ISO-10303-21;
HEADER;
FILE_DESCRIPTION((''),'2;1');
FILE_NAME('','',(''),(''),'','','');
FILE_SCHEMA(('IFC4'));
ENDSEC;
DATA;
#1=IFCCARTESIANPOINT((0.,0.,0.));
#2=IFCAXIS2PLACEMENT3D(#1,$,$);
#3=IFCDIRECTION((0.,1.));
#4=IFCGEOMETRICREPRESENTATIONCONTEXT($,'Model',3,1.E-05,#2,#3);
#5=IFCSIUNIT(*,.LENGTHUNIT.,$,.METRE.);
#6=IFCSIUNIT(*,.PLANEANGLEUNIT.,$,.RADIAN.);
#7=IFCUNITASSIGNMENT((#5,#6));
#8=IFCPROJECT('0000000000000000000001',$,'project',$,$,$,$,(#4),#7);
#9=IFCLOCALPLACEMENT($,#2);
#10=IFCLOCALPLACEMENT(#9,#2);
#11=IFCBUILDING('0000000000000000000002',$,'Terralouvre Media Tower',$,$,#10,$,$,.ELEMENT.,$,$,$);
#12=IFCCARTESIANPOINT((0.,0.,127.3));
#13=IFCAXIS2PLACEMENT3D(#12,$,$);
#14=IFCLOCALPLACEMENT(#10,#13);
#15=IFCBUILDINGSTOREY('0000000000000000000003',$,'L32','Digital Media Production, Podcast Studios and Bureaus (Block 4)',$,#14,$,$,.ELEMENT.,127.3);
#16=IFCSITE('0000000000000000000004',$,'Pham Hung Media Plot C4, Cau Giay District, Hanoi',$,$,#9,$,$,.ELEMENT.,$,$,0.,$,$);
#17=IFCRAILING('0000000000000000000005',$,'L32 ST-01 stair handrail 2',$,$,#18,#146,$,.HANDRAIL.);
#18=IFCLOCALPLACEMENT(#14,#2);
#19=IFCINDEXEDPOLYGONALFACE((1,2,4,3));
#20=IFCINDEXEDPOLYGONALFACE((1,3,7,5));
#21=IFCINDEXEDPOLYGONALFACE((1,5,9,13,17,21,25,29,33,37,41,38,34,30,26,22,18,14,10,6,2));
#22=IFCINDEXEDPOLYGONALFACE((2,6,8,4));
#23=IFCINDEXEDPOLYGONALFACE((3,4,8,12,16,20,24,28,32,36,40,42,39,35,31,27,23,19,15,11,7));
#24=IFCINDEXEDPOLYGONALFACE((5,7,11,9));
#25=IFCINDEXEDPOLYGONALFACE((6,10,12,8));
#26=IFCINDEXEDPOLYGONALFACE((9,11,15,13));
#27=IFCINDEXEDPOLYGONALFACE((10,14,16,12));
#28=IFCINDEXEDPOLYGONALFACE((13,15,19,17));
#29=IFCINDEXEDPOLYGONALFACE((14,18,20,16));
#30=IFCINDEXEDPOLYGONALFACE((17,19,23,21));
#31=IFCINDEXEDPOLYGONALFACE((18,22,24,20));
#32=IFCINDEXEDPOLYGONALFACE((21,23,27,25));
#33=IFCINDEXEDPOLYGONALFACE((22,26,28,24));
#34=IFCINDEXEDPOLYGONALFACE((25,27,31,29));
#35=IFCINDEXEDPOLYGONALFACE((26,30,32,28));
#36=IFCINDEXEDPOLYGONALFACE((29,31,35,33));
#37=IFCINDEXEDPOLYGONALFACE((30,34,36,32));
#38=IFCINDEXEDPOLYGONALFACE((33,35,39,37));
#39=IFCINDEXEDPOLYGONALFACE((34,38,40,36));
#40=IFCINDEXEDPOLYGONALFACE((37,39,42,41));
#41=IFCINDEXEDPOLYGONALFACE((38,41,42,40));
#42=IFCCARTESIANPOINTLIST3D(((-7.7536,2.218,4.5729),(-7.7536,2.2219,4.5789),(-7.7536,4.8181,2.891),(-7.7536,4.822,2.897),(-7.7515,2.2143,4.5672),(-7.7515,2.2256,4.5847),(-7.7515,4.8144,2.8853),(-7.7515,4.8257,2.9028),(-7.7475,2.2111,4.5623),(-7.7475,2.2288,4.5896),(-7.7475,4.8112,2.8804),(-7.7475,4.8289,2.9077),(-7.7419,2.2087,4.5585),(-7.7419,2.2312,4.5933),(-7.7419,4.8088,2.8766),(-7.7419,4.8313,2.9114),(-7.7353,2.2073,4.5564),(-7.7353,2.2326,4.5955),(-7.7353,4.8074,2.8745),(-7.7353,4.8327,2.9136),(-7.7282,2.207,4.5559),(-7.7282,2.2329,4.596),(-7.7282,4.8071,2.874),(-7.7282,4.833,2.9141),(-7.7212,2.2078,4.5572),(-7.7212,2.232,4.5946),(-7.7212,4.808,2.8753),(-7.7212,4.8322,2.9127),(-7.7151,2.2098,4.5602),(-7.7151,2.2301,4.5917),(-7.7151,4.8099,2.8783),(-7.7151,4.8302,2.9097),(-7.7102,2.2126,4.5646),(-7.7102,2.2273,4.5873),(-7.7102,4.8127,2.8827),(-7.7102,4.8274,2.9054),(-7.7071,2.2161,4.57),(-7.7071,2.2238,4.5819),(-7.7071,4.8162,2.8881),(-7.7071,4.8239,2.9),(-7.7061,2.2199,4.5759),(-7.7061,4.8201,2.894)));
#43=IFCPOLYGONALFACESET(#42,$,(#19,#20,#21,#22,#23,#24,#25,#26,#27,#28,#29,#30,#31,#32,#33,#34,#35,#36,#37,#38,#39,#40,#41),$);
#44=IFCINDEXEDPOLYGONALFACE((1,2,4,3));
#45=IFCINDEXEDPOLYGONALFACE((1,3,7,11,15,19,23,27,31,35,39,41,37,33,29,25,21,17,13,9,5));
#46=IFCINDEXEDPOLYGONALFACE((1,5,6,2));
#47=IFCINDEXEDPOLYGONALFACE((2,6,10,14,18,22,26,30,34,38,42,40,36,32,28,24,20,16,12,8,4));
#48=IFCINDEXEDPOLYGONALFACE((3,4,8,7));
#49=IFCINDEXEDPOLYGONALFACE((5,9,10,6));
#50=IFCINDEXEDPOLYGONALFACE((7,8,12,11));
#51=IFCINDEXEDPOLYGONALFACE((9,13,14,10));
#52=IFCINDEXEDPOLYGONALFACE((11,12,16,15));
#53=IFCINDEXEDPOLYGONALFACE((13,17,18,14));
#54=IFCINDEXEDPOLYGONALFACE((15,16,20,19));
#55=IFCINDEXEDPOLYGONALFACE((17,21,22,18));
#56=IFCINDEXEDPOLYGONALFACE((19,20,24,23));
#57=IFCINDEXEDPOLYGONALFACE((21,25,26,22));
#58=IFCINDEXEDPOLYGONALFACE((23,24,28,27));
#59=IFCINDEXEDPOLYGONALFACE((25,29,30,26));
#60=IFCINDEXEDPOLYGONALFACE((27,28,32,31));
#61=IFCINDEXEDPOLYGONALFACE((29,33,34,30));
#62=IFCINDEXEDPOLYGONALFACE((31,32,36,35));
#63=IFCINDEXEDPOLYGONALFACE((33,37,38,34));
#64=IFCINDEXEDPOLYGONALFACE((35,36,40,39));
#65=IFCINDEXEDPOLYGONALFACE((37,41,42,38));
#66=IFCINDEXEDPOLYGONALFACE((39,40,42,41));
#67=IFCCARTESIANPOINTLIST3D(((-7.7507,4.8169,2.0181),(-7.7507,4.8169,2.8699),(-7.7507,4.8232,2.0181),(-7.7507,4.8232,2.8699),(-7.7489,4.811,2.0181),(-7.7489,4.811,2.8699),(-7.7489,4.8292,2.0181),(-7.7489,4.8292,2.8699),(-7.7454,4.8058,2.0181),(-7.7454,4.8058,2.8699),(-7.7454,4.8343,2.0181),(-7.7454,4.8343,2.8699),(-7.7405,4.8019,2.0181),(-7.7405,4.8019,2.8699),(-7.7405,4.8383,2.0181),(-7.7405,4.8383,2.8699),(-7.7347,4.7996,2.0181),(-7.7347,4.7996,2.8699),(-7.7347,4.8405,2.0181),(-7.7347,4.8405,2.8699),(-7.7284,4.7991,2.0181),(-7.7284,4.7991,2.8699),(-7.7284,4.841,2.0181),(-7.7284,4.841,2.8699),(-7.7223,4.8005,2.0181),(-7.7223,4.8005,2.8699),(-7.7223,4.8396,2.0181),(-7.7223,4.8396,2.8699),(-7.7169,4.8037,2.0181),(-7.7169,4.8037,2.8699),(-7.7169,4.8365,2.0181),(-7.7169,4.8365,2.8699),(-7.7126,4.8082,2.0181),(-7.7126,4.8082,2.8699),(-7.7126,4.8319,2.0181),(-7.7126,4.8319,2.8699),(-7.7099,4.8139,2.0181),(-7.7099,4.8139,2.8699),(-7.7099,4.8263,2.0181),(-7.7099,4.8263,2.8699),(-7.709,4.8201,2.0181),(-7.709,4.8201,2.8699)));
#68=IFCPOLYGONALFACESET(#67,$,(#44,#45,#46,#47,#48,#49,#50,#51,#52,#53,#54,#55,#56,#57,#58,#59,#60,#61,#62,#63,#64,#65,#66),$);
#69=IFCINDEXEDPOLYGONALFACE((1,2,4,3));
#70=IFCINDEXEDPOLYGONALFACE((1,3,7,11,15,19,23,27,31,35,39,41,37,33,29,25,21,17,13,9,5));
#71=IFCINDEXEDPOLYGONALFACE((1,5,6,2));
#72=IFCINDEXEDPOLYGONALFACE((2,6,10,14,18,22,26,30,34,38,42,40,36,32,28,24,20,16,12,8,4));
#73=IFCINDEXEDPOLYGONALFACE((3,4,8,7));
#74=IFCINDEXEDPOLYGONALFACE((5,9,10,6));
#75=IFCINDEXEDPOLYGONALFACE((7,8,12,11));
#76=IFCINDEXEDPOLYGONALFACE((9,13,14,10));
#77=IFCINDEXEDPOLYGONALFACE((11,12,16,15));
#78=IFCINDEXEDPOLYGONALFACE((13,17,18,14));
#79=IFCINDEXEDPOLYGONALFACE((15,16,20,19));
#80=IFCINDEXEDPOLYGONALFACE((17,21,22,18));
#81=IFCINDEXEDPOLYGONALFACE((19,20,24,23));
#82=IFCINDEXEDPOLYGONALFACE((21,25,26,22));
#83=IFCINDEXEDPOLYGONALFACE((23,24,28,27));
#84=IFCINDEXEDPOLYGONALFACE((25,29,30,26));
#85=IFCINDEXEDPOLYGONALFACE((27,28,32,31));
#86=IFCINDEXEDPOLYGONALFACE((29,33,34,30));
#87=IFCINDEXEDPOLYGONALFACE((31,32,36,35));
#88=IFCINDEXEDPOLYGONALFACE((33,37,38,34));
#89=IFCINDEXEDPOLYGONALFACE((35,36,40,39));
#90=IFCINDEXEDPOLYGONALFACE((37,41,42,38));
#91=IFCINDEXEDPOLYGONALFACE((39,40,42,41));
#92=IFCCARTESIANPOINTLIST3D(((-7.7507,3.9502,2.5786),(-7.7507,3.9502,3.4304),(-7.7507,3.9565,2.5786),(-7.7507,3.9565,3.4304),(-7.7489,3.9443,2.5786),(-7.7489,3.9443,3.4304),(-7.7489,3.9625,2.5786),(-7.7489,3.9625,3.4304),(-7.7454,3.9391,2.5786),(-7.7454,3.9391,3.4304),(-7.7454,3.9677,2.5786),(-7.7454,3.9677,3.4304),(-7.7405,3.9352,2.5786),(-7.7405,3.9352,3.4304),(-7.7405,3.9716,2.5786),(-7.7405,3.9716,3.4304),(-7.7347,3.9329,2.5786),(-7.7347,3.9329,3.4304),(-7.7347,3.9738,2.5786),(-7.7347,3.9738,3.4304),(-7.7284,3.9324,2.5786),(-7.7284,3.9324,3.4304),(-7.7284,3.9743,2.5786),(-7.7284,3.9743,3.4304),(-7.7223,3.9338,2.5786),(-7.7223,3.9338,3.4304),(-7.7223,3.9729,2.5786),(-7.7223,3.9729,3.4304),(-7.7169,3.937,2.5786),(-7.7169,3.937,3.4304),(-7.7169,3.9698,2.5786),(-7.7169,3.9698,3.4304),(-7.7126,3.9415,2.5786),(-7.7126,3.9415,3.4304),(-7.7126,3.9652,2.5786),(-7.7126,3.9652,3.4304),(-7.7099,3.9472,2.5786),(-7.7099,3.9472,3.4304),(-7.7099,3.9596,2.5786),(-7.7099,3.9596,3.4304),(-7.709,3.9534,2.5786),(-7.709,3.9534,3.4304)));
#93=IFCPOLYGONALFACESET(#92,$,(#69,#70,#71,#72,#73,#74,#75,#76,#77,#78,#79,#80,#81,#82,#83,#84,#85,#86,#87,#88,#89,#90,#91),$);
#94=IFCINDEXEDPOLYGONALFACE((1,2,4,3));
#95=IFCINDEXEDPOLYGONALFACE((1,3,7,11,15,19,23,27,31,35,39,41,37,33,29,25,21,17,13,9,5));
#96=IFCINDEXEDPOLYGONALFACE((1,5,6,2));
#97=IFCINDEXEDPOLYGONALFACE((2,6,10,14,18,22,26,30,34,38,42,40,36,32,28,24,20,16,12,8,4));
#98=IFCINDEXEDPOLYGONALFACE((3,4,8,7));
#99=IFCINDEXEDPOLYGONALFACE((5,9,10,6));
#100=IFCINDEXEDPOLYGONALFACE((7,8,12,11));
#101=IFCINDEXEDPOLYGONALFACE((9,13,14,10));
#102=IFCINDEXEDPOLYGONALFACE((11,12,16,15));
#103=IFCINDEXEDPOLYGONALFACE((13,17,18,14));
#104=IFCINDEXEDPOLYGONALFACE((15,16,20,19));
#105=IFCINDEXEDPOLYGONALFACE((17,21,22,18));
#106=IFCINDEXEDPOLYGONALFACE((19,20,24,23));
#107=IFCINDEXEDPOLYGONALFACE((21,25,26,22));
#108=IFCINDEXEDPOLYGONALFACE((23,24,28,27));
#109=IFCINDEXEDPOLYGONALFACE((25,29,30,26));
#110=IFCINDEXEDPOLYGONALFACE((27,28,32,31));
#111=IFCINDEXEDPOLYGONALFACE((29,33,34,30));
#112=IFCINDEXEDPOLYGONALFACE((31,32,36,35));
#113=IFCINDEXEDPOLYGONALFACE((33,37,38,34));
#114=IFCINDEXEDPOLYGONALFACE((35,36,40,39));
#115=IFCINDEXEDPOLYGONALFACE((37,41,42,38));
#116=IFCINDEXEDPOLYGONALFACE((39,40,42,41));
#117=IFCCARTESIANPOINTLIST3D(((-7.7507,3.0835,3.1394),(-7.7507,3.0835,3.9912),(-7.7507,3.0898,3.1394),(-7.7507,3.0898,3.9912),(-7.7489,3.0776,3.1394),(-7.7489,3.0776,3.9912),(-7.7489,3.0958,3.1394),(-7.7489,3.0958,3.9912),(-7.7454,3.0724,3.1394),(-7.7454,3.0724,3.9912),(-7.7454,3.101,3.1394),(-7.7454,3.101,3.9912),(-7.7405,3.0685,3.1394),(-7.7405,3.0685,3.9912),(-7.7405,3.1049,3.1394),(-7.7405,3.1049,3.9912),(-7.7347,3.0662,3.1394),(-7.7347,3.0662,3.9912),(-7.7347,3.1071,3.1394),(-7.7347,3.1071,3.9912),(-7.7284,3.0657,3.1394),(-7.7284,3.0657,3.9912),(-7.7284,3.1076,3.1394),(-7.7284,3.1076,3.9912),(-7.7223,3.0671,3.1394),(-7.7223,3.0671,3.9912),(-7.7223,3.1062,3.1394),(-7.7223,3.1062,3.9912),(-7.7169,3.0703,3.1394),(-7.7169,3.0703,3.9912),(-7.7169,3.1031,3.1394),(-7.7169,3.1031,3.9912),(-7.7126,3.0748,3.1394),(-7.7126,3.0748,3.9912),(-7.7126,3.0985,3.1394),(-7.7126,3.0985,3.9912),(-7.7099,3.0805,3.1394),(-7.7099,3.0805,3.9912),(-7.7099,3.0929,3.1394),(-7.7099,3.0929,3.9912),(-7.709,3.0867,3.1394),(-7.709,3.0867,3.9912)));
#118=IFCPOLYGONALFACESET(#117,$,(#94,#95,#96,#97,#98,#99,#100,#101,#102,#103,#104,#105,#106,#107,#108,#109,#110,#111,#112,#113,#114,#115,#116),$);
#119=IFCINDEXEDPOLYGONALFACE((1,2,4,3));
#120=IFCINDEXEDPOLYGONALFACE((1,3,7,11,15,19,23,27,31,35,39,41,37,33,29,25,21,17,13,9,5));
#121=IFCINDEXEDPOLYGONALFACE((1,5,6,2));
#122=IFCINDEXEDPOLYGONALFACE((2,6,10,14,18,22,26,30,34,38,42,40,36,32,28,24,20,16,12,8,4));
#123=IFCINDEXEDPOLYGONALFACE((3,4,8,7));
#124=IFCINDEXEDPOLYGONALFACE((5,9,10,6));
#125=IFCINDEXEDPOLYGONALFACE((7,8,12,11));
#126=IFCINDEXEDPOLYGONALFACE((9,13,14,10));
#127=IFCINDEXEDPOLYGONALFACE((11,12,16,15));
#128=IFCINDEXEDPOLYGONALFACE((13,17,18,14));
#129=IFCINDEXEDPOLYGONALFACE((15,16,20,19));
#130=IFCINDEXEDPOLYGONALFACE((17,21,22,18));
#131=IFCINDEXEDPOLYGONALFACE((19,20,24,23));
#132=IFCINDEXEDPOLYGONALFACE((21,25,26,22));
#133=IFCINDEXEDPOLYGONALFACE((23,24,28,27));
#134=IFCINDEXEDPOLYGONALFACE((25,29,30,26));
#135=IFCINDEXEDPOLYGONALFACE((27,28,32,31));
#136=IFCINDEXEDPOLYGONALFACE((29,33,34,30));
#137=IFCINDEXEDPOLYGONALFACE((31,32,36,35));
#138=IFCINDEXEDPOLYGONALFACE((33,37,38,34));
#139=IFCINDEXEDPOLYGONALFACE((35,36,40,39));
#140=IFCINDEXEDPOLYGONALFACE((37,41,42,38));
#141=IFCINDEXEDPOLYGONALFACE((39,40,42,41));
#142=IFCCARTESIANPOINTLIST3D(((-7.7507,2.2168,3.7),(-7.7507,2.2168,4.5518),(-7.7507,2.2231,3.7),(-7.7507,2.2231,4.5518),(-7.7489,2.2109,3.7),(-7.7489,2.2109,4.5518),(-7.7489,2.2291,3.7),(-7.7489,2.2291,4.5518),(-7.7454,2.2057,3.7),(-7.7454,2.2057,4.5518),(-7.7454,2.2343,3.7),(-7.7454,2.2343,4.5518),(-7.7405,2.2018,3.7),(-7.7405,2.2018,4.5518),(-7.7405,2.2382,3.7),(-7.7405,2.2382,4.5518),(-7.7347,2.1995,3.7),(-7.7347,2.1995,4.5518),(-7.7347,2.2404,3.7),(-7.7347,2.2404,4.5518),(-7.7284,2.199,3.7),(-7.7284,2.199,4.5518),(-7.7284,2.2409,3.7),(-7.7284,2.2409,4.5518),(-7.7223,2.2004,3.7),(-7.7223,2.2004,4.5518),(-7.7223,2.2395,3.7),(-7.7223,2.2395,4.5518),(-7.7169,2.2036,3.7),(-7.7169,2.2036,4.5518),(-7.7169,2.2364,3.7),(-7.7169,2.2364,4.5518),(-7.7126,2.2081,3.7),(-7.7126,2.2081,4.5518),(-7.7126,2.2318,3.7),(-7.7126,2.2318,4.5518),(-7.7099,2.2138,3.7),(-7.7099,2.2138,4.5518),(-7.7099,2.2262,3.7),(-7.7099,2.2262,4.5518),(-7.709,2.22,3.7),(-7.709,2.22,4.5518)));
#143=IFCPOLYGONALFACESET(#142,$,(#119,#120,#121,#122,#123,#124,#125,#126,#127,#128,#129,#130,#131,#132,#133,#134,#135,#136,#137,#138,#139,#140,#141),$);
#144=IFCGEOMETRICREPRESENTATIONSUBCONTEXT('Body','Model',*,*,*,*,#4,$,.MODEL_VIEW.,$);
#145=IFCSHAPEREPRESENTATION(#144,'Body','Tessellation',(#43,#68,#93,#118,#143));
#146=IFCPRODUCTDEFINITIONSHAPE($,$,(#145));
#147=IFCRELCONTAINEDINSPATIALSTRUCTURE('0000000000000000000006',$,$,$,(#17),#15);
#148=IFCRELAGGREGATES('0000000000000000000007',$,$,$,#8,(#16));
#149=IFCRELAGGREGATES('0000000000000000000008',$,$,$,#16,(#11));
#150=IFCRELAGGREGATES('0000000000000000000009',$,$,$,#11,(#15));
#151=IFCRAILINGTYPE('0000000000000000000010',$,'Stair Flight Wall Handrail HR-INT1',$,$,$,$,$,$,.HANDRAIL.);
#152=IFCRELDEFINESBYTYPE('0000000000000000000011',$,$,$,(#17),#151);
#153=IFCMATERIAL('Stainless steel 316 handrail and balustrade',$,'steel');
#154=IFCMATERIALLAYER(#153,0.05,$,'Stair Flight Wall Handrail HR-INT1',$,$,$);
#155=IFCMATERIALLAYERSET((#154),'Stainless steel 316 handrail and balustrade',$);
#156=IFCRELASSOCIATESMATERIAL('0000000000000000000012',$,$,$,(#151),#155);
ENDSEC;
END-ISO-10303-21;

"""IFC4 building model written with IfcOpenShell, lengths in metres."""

from ifc_helpers import new_model, si_unit, direction, frame, origin, origin_2d, place, context, subcontext, project, spatial, circle, extrude, material, layer, layer_set, type_object, element, save


model = new_model("IFC4")

# Units and contexts
model_context = context("Model", 3, precision=1e-05, world=origin(), true_north=direction((0.0, 1.0)))
body_context = subcontext(model_context, "Body", "Model", "MODEL_VIEW")
ifc_project = project(units=[si_unit("LENGTHUNIT", "METRE"), si_unit("PLANEANGLEUNIT", "RADIAN")], contexts=[model_context])

# Site, building, storey
site_placement = place(None, origin())
site = spatial("IfcSite", under=ifc_project, at=site_placement, Name="Pham Hung Media Plot C4, Cau Giay District, Hanoi", CompositionType="ELEMENT", RefElevation=0.0)
building_placement = place(site_placement, origin())
building = spatial("IfcBuilding", under=site, at=building_placement, Name="Terralouvre Media Tower", CompositionType="ELEMENT")
storey_placement = place(building_placement, frame((0.0, 0.0, 127.3)))
storey = spatial("IfcBuildingStorey", under=building, at=storey_placement, Name="L32", Description="Digital Media Production, Podcast Studios and Bureaus (Block 4)", CompositionType="ELEMENT", Elevation=127.3)

# Railing
ifc_material_1 = material(Name="Stainless steel 316 handrail and balustrade", Category="steel")
ifc_layer_1 = layer(ifc_material_1, 0.05, Name="Stair Flight Wall Handrail HR-INT1")
ifc_layer_set_1 = layer_set([ifc_layer_1], Name="Stainless steel 316 handrail and balustrade")
railing_type_1 = type_object("IfcRailingType", Name="Stair Flight Wall Handrail HR-INT1", PredefinedType="HANDRAIL", material=ifc_layer_set_1)
railing_1_placement = place(storey_placement, frame((-7.73, 4.8201, 2.0181)))
element("IfcRailing", 1, at=railing_1_placement, inside=storey, type_object=railing_type_1, Name="L32 ST-01 stair handrail 2", PredefinedType="HANDRAIL", context=body_context, shape_type="SweptSolid", body=[
    extrude(circle(Radius=0.0239, at=origin_2d()), frame((0.0, 0.0, 0.876), z_axis=(0.0, -0.839648, 0.54313), x_axis=(1.0, 0.0, 0.0)), (0.0, 0.0, 1.0), 3.0967),
    extrude(circle(Radius=0.021, at=origin_2d()), origin(), (0.0, 0.0, 1.0), 0.8518),
    extrude(circle(Radius=0.021, at=origin_2d()), frame((0.0, -0.8667, 0.5605)), (0.0, 0.0, 1.0), 0.8518),
    extrude(circle(Radius=0.021, at=origin_2d()), frame((0.0, -1.7334, 1.1213)), (0.0, 0.0, 1.0), 0.8518),
    extrude(circle(Radius=0.021, at=origin_2d()), frame((0.0, -2.6001, 1.6819)), (0.0, 0.0, 1.0), 0.8518),
])

save(model, "model.ifc")
